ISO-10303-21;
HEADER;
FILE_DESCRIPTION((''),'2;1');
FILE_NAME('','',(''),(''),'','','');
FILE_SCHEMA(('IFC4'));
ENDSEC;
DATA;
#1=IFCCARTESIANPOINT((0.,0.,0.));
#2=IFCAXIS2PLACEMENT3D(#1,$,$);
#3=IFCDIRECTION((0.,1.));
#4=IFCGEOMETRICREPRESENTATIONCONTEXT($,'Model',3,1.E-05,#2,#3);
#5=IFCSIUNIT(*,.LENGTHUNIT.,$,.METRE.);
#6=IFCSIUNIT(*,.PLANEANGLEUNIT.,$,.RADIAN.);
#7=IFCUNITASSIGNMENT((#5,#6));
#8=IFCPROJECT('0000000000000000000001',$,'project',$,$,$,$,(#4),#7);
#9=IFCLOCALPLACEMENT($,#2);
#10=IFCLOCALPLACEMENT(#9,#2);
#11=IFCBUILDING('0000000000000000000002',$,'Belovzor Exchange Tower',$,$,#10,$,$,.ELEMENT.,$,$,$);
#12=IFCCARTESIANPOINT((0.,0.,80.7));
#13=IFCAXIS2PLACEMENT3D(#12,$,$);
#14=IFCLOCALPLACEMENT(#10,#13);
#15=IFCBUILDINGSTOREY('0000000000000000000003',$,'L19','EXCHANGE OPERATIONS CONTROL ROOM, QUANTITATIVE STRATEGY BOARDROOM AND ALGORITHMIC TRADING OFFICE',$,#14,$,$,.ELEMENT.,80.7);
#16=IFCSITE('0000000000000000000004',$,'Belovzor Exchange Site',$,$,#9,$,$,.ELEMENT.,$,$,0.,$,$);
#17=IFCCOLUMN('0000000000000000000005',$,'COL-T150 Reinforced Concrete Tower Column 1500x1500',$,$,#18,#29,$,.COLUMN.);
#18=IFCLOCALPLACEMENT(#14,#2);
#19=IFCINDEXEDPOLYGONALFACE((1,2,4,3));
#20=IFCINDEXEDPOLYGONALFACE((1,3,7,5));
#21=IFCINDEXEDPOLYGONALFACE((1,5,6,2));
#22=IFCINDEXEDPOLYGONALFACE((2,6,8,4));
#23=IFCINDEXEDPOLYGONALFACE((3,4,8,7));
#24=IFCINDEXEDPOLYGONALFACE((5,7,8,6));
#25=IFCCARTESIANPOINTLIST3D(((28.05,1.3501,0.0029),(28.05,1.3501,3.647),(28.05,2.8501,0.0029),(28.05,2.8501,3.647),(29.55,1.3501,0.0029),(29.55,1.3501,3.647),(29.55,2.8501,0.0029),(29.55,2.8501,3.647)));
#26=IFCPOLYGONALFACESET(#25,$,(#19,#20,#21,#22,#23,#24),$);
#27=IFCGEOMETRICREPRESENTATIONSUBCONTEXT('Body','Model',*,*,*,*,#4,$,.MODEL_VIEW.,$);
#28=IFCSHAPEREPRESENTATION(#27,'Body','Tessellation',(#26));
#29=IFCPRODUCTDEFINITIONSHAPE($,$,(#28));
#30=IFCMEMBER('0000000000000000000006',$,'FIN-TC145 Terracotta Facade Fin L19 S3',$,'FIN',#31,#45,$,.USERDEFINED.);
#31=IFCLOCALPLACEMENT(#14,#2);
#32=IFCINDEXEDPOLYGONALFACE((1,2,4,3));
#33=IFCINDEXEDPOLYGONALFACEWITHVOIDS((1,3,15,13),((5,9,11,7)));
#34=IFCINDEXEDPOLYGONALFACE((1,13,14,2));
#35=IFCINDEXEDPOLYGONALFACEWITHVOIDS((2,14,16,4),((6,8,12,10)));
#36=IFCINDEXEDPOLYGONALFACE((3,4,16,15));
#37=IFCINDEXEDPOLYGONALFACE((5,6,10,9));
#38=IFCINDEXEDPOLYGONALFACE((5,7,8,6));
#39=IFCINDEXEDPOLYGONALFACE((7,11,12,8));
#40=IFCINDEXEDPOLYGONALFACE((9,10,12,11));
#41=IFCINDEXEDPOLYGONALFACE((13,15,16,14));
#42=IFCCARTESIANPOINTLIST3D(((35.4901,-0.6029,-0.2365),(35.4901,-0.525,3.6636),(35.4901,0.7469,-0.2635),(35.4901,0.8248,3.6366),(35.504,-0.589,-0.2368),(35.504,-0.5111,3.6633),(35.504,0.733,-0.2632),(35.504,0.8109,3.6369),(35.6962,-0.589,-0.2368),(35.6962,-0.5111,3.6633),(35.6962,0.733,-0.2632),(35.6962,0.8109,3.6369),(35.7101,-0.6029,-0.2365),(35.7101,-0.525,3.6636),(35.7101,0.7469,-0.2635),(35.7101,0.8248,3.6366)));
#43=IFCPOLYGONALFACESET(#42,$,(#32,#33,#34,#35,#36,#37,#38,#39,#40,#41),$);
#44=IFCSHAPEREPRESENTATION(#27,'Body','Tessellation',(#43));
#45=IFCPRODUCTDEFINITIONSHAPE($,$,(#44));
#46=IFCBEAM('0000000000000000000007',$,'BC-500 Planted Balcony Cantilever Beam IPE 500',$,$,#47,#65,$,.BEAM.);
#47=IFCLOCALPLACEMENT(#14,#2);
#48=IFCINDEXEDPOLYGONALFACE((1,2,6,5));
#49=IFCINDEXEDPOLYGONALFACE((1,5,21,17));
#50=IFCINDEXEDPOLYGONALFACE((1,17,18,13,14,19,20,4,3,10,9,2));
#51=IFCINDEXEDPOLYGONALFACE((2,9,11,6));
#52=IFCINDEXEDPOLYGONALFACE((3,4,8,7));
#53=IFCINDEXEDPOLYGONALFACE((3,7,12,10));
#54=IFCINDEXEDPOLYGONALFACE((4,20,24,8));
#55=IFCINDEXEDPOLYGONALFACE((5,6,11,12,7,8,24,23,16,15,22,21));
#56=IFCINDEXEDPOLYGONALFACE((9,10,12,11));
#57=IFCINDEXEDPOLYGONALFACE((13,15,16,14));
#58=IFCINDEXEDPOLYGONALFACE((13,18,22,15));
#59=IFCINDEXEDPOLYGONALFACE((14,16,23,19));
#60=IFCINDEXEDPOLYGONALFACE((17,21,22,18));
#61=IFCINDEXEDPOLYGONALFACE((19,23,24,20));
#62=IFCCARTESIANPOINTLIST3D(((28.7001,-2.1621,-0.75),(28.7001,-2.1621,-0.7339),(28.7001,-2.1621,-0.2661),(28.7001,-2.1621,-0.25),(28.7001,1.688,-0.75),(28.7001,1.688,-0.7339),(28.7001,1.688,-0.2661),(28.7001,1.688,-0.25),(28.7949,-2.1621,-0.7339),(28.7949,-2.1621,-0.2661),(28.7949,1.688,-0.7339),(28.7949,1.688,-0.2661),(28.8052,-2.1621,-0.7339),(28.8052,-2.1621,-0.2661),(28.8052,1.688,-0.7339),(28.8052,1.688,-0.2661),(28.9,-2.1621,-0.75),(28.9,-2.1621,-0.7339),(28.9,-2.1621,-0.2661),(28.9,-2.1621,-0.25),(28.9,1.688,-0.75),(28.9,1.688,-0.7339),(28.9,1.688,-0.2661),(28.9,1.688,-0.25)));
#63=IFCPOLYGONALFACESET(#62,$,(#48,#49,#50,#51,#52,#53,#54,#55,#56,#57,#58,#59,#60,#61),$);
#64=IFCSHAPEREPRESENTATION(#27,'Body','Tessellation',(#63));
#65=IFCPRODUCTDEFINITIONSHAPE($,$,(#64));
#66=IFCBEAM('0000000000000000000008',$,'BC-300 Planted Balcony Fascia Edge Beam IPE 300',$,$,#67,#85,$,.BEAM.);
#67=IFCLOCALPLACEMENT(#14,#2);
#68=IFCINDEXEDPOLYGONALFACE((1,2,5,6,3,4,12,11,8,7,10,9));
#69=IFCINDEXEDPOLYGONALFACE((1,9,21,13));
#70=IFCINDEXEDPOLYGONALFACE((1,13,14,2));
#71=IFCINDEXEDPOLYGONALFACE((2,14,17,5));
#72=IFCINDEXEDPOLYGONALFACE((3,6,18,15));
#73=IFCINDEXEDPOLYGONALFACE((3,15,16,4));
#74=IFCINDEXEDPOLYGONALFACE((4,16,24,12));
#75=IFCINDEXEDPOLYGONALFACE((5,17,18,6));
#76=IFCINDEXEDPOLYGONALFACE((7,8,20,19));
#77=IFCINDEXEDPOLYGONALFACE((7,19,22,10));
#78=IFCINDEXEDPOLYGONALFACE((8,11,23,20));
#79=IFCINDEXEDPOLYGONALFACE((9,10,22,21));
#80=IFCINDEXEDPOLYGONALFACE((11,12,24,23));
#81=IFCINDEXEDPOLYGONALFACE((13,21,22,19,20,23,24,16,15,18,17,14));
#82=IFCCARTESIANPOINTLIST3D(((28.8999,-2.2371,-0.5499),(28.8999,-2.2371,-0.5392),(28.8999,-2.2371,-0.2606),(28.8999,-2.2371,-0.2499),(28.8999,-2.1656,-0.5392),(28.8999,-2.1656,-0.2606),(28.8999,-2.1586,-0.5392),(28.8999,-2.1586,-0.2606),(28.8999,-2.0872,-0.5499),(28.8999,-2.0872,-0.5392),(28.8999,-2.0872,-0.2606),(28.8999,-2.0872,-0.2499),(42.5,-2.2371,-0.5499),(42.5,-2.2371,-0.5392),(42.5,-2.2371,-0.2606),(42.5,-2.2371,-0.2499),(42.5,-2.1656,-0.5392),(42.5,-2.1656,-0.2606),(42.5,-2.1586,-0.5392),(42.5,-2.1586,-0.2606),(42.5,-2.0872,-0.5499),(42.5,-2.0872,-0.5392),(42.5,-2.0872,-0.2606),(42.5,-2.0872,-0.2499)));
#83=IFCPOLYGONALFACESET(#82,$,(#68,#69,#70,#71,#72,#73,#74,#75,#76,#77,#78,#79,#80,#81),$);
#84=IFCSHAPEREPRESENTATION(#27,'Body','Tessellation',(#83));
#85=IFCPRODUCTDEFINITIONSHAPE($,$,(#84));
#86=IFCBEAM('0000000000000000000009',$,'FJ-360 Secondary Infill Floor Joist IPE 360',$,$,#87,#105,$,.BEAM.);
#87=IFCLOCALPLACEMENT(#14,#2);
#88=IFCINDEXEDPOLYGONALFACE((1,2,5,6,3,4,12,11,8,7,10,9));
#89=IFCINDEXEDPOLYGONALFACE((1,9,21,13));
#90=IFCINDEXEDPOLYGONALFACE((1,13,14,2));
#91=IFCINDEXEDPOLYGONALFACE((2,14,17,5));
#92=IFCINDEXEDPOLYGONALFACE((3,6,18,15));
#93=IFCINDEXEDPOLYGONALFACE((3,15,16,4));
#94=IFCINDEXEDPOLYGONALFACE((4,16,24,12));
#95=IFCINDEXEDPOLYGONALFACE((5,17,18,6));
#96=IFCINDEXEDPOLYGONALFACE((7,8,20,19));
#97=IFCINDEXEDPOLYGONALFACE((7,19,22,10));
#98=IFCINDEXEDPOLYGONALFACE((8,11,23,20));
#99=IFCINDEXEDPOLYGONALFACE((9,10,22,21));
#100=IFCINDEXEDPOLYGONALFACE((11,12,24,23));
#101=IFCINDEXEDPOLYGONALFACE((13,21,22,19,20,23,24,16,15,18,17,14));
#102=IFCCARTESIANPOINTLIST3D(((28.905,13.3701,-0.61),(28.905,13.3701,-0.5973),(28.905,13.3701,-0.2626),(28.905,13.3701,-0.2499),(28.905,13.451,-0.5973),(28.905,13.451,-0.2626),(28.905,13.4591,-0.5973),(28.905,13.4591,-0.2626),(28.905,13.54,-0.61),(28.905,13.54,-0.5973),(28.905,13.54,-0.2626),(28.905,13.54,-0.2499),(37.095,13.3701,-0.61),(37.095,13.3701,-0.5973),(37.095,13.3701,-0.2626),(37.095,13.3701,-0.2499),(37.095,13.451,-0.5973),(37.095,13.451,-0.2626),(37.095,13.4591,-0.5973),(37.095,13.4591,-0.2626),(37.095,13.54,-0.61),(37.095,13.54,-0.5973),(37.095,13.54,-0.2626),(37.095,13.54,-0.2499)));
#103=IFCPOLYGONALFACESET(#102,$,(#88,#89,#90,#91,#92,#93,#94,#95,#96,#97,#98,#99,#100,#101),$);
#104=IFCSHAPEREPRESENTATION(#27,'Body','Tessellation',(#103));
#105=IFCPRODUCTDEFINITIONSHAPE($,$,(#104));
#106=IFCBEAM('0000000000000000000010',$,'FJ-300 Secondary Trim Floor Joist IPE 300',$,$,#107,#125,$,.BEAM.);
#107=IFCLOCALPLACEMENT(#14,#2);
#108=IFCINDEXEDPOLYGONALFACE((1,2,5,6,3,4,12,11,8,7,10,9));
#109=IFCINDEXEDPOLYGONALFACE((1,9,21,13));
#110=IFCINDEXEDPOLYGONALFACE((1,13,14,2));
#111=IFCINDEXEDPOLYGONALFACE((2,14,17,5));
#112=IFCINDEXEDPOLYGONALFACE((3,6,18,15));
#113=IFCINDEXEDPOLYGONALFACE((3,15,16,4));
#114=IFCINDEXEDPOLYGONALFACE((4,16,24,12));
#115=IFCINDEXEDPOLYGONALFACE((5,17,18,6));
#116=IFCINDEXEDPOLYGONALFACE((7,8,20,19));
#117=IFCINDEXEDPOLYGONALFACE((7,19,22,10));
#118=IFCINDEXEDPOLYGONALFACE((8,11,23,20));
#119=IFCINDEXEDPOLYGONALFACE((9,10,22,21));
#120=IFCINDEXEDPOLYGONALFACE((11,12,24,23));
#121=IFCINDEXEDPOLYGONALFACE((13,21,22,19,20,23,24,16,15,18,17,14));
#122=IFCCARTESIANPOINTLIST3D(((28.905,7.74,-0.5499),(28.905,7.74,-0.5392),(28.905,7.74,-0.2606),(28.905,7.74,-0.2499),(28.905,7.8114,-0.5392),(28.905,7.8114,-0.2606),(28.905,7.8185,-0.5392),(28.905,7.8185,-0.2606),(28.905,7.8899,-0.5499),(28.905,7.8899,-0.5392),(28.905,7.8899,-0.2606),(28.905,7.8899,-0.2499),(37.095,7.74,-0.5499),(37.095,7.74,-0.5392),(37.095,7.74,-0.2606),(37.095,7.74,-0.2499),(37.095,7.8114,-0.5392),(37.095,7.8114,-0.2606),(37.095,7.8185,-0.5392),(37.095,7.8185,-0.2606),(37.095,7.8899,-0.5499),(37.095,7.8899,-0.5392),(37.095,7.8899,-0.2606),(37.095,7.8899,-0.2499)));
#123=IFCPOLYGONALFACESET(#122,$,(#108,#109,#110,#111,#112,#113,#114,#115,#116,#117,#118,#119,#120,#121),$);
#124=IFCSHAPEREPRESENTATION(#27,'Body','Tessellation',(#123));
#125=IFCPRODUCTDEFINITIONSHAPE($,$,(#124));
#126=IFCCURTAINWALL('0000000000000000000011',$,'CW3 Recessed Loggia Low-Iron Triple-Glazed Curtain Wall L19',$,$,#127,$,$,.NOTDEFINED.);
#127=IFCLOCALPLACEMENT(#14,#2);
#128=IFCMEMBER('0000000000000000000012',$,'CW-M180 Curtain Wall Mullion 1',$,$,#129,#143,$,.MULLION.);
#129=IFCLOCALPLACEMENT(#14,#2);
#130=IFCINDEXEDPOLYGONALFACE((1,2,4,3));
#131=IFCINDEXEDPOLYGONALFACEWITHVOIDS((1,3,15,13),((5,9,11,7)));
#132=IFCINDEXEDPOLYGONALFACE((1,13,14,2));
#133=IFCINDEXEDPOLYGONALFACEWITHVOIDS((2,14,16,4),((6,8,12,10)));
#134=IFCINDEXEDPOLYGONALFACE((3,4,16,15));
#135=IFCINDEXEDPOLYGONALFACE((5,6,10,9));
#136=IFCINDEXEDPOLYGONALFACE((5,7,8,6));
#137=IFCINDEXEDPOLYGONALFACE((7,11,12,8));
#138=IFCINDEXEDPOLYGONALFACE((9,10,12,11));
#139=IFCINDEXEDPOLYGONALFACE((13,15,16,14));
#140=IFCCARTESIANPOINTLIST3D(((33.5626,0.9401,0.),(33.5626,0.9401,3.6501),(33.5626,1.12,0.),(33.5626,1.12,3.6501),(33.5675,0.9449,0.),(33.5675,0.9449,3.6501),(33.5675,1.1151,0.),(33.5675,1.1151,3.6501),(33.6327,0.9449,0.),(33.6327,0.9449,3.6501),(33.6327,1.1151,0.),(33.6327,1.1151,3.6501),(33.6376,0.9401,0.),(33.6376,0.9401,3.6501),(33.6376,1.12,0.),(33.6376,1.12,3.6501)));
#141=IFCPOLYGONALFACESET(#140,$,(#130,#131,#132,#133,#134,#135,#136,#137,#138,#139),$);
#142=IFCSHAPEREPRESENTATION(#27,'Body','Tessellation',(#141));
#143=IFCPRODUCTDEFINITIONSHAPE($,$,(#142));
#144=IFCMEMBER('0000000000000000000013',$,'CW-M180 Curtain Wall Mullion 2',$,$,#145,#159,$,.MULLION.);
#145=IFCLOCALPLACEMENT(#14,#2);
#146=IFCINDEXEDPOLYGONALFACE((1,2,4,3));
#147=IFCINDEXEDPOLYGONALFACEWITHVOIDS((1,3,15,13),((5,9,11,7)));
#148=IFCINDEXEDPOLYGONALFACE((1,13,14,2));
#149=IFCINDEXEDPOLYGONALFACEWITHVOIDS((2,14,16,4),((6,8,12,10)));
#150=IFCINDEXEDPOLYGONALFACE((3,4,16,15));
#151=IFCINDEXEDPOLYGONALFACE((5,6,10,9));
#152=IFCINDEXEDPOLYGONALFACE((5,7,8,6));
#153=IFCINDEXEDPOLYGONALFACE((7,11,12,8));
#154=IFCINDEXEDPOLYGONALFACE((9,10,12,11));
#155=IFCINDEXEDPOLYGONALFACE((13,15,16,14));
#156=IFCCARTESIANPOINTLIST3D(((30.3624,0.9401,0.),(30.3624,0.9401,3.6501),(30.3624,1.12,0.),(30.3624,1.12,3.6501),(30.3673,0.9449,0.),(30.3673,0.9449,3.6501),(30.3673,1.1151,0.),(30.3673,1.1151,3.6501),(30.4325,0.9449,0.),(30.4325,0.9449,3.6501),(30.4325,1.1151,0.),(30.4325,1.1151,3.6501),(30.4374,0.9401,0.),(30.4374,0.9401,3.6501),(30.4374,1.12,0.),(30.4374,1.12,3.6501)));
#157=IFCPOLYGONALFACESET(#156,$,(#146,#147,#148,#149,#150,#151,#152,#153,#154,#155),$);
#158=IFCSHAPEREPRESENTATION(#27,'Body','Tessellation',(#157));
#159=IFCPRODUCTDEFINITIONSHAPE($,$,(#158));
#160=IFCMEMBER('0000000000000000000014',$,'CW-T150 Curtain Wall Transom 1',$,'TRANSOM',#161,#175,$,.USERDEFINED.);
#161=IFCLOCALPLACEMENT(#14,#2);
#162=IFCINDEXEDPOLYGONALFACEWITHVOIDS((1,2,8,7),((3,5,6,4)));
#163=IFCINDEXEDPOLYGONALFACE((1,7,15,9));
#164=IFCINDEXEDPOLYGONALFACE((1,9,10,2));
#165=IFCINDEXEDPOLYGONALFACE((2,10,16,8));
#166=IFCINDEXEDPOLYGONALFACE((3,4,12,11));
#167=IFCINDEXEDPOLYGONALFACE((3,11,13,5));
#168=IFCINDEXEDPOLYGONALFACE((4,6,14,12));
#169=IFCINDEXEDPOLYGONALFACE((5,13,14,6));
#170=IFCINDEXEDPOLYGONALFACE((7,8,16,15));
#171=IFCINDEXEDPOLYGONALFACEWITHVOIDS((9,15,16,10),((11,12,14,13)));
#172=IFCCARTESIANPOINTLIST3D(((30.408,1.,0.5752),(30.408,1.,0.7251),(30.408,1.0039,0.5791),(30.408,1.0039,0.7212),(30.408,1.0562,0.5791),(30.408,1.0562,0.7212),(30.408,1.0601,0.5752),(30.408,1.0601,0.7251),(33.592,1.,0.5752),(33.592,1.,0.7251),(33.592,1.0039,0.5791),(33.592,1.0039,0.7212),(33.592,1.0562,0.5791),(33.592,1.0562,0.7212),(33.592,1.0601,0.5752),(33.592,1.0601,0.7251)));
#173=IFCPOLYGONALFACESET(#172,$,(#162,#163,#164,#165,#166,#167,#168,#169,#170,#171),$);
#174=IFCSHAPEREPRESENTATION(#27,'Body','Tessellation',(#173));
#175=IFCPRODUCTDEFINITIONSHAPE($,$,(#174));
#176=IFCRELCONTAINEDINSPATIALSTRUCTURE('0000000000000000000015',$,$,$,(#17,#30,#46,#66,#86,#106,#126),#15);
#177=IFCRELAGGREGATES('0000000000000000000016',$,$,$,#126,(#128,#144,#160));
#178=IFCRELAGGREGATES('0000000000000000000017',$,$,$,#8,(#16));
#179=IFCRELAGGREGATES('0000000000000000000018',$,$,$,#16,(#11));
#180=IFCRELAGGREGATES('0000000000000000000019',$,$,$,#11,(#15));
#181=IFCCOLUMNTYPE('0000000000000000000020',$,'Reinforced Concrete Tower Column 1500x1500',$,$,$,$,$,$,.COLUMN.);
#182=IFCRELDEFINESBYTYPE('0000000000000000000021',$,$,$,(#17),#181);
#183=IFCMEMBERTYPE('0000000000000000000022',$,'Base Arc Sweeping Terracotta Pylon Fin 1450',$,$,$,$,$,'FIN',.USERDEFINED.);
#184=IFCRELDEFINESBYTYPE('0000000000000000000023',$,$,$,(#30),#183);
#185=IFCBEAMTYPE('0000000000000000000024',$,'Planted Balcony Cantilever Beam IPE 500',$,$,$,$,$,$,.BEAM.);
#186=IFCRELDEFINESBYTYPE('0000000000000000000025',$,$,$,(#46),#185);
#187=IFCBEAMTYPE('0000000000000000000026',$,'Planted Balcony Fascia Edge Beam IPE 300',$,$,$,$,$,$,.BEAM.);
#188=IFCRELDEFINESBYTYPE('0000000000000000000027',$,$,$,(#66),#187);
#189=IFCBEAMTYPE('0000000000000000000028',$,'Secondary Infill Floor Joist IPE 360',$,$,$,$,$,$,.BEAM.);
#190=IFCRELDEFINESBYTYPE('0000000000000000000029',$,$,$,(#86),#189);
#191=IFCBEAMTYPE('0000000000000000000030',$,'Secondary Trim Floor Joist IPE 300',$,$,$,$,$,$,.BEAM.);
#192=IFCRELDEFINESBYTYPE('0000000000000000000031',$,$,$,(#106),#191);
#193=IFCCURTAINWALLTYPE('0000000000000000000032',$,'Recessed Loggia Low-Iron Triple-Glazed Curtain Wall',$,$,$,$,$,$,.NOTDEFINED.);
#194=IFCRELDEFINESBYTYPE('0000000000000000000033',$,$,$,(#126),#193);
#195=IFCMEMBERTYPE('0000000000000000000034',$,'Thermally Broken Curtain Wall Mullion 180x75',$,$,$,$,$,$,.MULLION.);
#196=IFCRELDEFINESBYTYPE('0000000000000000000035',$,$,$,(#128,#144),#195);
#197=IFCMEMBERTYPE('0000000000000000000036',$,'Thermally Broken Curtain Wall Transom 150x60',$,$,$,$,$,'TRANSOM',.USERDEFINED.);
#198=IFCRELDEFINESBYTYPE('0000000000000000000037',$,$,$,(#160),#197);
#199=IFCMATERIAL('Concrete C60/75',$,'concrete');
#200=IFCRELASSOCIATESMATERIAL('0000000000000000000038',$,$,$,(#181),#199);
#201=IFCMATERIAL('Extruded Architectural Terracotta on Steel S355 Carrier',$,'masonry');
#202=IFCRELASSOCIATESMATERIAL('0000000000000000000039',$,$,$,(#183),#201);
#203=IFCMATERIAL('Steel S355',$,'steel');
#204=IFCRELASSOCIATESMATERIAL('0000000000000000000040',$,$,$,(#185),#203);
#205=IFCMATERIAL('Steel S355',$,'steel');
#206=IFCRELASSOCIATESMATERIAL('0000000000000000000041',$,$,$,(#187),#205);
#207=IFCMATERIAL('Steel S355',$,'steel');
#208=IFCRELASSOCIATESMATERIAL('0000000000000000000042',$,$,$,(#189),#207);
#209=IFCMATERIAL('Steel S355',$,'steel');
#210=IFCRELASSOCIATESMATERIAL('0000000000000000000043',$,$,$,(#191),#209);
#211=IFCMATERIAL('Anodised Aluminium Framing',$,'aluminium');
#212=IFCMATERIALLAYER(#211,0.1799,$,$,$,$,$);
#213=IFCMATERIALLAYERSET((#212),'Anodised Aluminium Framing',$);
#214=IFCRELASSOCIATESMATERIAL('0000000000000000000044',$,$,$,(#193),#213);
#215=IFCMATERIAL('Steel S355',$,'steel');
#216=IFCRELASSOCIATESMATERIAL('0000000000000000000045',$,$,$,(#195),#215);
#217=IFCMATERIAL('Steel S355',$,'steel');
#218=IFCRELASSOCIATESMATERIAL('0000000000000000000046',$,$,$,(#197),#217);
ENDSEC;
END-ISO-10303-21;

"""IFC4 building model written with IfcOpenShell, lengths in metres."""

from ifc_helpers import new_model, si_unit, direction, frame, origin, origin_2d, place, context, subcontext, project, spatial, rectangle, hollow_rectangle, i_section, extrude, material, layer, layer_set, material_profile, profile_set, type_object, element, aggregate, save


model = new_model("IFC4")

# Units and contexts
model_context = context("Model", 3, precision=1e-05, world=origin(), true_north=direction((0.0, 1.0)))
body_context = subcontext(model_context, "Body", "Model", "MODEL_VIEW")
ifc_project = project(units=[si_unit("LENGTHUNIT", "METRE"), si_unit("PLANEANGLEUNIT", "RADIAN")], contexts=[model_context])

# Site, building, storey
site_placement = place(None, origin())
site = spatial("IfcSite", under=ifc_project, at=site_placement, Name="Belovzor Exchange Site", CompositionType="ELEMENT", RefElevation=0.0)
building_placement = place(site_placement, origin())
building = spatial("IfcBuilding", under=site, at=building_placement, Name="Belovzor Exchange Tower", CompositionType="ELEMENT")
storey_placement = place(building_placement, frame((0.0, 0.0, 80.7)))
storey = spatial("IfcBuildingStorey", under=building, at=storey_placement, Name="L19", Description="EXCHANGE OPERATIONS CONTROL ROOM, QUANTITATIVE STRATEGY BOARDROOM AND ALGORITHMIC TRADING OFFICE", CompositionType="ELEMENT", Elevation=80.7)

# Column
ifc_material_1 = material(Name="Concrete C60/75", Category="concrete")
ifc_material_profile_1 = material_profile(ifc_material_1, rectangle(XDim=1.5, YDim=1.5, at=origin_2d()))
ifc_profile_set_1 = profile_set([ifc_material_profile_1], Name="Concrete C60/75")
column_type = type_object("IfcColumnType", Name="Reinforced Concrete Tower Column 1500x1500", PredefinedType="COLUMN", material=ifc_profile_set_1)
column_placement = place(storey_placement, frame((28.8, 2.1001, 0.0029), z_axis=(0.0, 0.0, 1.0), x_axis=(1.0, 0.0, 0.0)))
element("IfcColumn", 1, at=column_placement, inside=storey, type_object=column_type, Name="COL-T150 Reinforced Concrete Tower Column 1500x1500", PredefinedType="COLUMN", context=body_context, shape_type="SweptSolid", body=[
    extrude(rectangle(XDim=1.5, YDim=1.5, at=origin_2d()), origin(), (0.0, 0.0, 1.0), 3.644),
])

# Member
ifc_material_2 = material(Name="Extruded Architectural Terracotta on Steel S355 Carrier", Category="masonry")
ifc_material_profile_2 = material_profile(ifc_material_2, hollow_rectangle(XDim=0.22, YDim=1.3501, WallThickness=0.0139, at=origin_2d()))
ifc_profile_set_2 = profile_set([ifc_material_profile_2], Name="Extruded Architectural Terracotta on Steel S355 Carrier")
member_type_1 = type_object("IfcMemberType", Name="Base Arc Sweeping Terracotta Pylon Fin 1450", ElementType="FIN", PredefinedType="USERDEFINED", material=ifc_profile_set_2)
member_1_placement = place(storey_placement, frame((35.6001, 0.072, -0.25), z_axis=(0.0, 0.019965, 0.999801), x_axis=(-1.0, 0.0, 0.0)))
element("IfcMember", 2, at=member_1_placement, inside=storey, type_object=member_type_1, Name="FIN-TC145 Terracotta Facade Fin L19 S3", ObjectType="FIN", PredefinedType="USERDEFINED", context=body_context, shape_type="SweptSolid", body=[
    extrude(hollow_rectangle(XDim=0.22, YDim=1.3501, WallThickness=0.0139, at=origin_2d()), origin(), (0.0, 0.0, 1.0), 3.9009),
])

# Beams
ifc_material_3 = material(Name="Steel S355", Category="steel")
ifc_material_profile_3 = material_profile(ifc_material_3, i_section(OverallWidth=0.2, OverallDepth=0.5, WebThickness=0.0103, FlangeThickness=0.0161, at=origin_2d()))
ifc_profile_set_3 = profile_set([ifc_material_profile_3], Name="Steel S355")
beam_type_1 = type_object("IfcBeamType", Name="Planted Balcony Cantilever Beam IPE 500", PredefinedType="BEAM", material=ifc_profile_set_3)
beam_1_placement = place(storey_placement, frame((28.8, 1.688, -0.5), z_axis=(0.0, -1.0, 0.0), x_axis=(1.0, 0.0, 0.0)))
element("IfcBeam", 3, at=beam_1_placement, inside=storey, type_object=beam_type_1, Name="BC-500 Planted Balcony Cantilever Beam IPE 500", PredefinedType="BEAM", context=body_context, shape_type="SweptSolid", body=[
    extrude(i_section(OverallWidth=0.2, OverallDepth=0.5, WebThickness=0.0103, FlangeThickness=0.0161, at=origin_2d()), origin(), (0.0, 0.0, 1.0), 3.8501),
])
ifc_material_4 = material(Name="Steel S355", Category="steel")
ifc_material_profile_4 = material_profile(ifc_material_4, i_section(OverallWidth=0.1499, OverallDepth=0.3, WebThickness=0.0071, FlangeThickness=0.0107, at=origin_2d()))
ifc_profile_set_4 = profile_set([ifc_material_profile_4], Name="Steel S355")
beam_type_2 = type_object("IfcBeamType", Name="Planted Balcony Fascia Edge Beam IPE 300", PredefinedType="BEAM", material=ifc_profile_set_4)
beam_2_placement = place(storey_placement, frame((28.8999, -2.1621, -0.3999), z_axis=(1.0, 0.0, 0.0), x_axis=(0.0, 1.0, 0.0)))
element("IfcBeam", 4, at=beam_2_placement, inside=storey, type_object=beam_type_2, Name="BC-300 Planted Balcony Fascia Edge Beam IPE 300", PredefinedType="BEAM", context=body_context, shape_type="SweptSolid", body=[
    extrude(i_section(OverallWidth=0.1499, OverallDepth=0.3, WebThickness=0.0071, FlangeThickness=0.0107, at=origin_2d()), origin(), (0.0, 0.0, 1.0), 13.6001),
])
ifc_material_5 = material(Name="Steel S355", Category="steel")
ifc_material_profile_5 = material_profile(ifc_material_5, i_section(OverallWidth=0.1699, OverallDepth=0.3601, WebThickness=0.0081, FlangeThickness=0.0127, at=origin_2d()))
ifc_profile_set_5 = profile_set([ifc_material_profile_5], Name="Steel S355")
beam_type_3 = type_object("IfcBeamType", Name="Secondary Infill Floor Joist IPE 360", PredefinedType="BEAM", material=ifc_profile_set_5)
beam_3_placement = place(storey_placement, frame((28.905, 13.4551, -0.4299), z_axis=(1.0, 0.0, 0.0), x_axis=(0.0, 1.0, 0.0)))
element("IfcBeam", 5, at=beam_3_placement, inside=storey, type_object=beam_type_3, Name="FJ-360 Secondary Infill Floor Joist IPE 360", PredefinedType="BEAM", context=body_context, shape_type="SweptSolid", body=[
    extrude(i_section(OverallWidth=0.1699, OverallDepth=0.3601, WebThickness=0.0081, FlangeThickness=0.0127, at=origin_2d()), origin(), (0.0, 0.0, 1.0), 8.1899),
])
ifc_material_6 = material(Name="Steel S355", Category="steel")
ifc_material_profile_6 = material_profile(ifc_material_6, i_section(OverallWidth=0.1499, OverallDepth=0.3, WebThickness=0.0071, FlangeThickness=0.0107, at=origin_2d()))
ifc_profile_set_6 = profile_set([ifc_material_profile_6], Name="Steel S355")
beam_type_4 = type_object("IfcBeamType", Name="Secondary Trim Floor Joist IPE 300", PredefinedType="BEAM", material=ifc_profile_set_6)
beam_4_placement = place(storey_placement, frame((28.905, 7.8149, -0.3999), z_axis=(1.0, 0.0, 0.0), x_axis=(0.0, 1.0, 0.0)))
element("IfcBeam", 6, at=beam_4_placement, inside=storey, type_object=beam_type_4, Name="FJ-300 Secondary Trim Floor Joist IPE 300", PredefinedType="BEAM", context=body_context, shape_type="SweptSolid", body=[
    extrude(i_section(OverallWidth=0.1499, OverallDepth=0.3, WebThickness=0.0071, FlangeThickness=0.0107, at=origin_2d()), origin(), (0.0, 0.0, 1.0), 8.1899),
])

# Curtain wall, members
ifc_material_7 = material(Name="Anodised Aluminium Framing", Category="aluminium")
ifc_layer_1 = layer(ifc_material_7, 0.1799)
ifc_layer_set_1 = layer_set([ifc_layer_1], Name="Anodised Aluminium Framing")
curtain_wall_type = type_object("IfcCurtainWallType", Name="Recessed Loggia Low-Iron Triple-Glazed Curtain Wall", PredefinedType="NOTDEFINED", material=ifc_layer_set_1)
curtain_wall_placement = place(storey_placement, origin())
curtain_wall = element("IfcCurtainWall", 7, at=curtain_wall_placement, inside=storey, type_object=curtain_wall_type, Name="CW3 Recessed Loggia Low-Iron Triple-Glazed Curtain Wall L19", PredefinedType="NOTDEFINED")
ifc_material_8 = material(Name="Steel S355", Category="steel")
ifc_material_profile_7 = material_profile(ifc_material_8, hollow_rectangle(XDim=0.075, YDim=0.1799, WallThickness=0.0049, at=origin_2d()))
ifc_profile_set_7 = profile_set([ifc_material_profile_7], Name="Steel S355")
member_type_2 = type_object("IfcMemberType", Name="Thermally Broken Curtain Wall Mullion 180x75", PredefinedType="MULLION", material=ifc_profile_set_7)
member_2_placement = place(storey_placement, frame((33.6001, 1.03, 0.0), z_axis=(0.0, 0.0, 1.0), x_axis=(-1.0, 0.0, 0.0)))
member_2 = element("IfcMember", 8, at=member_2_placement, type_object=member_type_2, Name="CW-M180 Curtain Wall Mullion 1", PredefinedType="MULLION", context=body_context, shape_type="SweptSolid", body=[
    extrude(hollow_rectangle(XDim=0.075, YDim=0.1799, WallThickness=0.0049, at=origin_2d()), origin(), (0.0, 0.0, 1.0), 3.6501),
])
member_3_placement = place(storey_placement, frame((30.3999, 1.03, 0.0), z_axis=(0.0, 0.0, 1.0), x_axis=(-1.0, 0.0, 0.0)))
member_3 = element("IfcMember", 9, at=member_3_placement, type_object=member_type_2, Name="CW-M180 Curtain Wall Mullion 2", PredefinedType="MULLION", context=body_context, shape_type="SweptSolid", body=[
    extrude(hollow_rectangle(XDim=0.075, YDim=0.1799, WallThickness=0.0049, at=origin_2d()), origin(), (0.0, 0.0, 1.0), 3.6501),
])
ifc_material_9 = material(Name="Steel S355", Category="steel")
ifc_material_profile_8 = material_profile(ifc_material_9, hollow_rectangle(XDim=0.0601, YDim=0.1499, WallThickness=0.0039, at=origin_2d()))
ifc_profile_set_8 = profile_set([ifc_material_profile_8], Name="Steel S355")
member_type_3 = type_object("IfcMemberType", Name="Thermally Broken Curtain Wall Transom 150x60", ElementType="TRANSOM", PredefinedType="USERDEFINED", material=ifc_profile_set_8)
member_4_placement = place(storey_placement, frame((33.592, 1.03, 0.6501), z_axis=(-1.0, 0.0, 0.0), x_axis=(0.0, -1.0, 0.0)))
member_4 = element("IfcMember", 10, at=member_4_placement, type_object=member_type_3, Name="CW-T150 Curtain Wall Transom 1", ObjectType="TRANSOM", PredefinedType="USERDEFINED", context=body_context, shape_type="SweptSolid", body=[
    extrude(hollow_rectangle(XDim=0.0601, YDim=0.1499, WallThickness=0.0039, at=origin_2d()), origin(), (0.0, 0.0, 1.0), 3.1841),
])

aggregate(curtain_wall, [member_2, member_3, member_4])

save(model, "model.ifc")
